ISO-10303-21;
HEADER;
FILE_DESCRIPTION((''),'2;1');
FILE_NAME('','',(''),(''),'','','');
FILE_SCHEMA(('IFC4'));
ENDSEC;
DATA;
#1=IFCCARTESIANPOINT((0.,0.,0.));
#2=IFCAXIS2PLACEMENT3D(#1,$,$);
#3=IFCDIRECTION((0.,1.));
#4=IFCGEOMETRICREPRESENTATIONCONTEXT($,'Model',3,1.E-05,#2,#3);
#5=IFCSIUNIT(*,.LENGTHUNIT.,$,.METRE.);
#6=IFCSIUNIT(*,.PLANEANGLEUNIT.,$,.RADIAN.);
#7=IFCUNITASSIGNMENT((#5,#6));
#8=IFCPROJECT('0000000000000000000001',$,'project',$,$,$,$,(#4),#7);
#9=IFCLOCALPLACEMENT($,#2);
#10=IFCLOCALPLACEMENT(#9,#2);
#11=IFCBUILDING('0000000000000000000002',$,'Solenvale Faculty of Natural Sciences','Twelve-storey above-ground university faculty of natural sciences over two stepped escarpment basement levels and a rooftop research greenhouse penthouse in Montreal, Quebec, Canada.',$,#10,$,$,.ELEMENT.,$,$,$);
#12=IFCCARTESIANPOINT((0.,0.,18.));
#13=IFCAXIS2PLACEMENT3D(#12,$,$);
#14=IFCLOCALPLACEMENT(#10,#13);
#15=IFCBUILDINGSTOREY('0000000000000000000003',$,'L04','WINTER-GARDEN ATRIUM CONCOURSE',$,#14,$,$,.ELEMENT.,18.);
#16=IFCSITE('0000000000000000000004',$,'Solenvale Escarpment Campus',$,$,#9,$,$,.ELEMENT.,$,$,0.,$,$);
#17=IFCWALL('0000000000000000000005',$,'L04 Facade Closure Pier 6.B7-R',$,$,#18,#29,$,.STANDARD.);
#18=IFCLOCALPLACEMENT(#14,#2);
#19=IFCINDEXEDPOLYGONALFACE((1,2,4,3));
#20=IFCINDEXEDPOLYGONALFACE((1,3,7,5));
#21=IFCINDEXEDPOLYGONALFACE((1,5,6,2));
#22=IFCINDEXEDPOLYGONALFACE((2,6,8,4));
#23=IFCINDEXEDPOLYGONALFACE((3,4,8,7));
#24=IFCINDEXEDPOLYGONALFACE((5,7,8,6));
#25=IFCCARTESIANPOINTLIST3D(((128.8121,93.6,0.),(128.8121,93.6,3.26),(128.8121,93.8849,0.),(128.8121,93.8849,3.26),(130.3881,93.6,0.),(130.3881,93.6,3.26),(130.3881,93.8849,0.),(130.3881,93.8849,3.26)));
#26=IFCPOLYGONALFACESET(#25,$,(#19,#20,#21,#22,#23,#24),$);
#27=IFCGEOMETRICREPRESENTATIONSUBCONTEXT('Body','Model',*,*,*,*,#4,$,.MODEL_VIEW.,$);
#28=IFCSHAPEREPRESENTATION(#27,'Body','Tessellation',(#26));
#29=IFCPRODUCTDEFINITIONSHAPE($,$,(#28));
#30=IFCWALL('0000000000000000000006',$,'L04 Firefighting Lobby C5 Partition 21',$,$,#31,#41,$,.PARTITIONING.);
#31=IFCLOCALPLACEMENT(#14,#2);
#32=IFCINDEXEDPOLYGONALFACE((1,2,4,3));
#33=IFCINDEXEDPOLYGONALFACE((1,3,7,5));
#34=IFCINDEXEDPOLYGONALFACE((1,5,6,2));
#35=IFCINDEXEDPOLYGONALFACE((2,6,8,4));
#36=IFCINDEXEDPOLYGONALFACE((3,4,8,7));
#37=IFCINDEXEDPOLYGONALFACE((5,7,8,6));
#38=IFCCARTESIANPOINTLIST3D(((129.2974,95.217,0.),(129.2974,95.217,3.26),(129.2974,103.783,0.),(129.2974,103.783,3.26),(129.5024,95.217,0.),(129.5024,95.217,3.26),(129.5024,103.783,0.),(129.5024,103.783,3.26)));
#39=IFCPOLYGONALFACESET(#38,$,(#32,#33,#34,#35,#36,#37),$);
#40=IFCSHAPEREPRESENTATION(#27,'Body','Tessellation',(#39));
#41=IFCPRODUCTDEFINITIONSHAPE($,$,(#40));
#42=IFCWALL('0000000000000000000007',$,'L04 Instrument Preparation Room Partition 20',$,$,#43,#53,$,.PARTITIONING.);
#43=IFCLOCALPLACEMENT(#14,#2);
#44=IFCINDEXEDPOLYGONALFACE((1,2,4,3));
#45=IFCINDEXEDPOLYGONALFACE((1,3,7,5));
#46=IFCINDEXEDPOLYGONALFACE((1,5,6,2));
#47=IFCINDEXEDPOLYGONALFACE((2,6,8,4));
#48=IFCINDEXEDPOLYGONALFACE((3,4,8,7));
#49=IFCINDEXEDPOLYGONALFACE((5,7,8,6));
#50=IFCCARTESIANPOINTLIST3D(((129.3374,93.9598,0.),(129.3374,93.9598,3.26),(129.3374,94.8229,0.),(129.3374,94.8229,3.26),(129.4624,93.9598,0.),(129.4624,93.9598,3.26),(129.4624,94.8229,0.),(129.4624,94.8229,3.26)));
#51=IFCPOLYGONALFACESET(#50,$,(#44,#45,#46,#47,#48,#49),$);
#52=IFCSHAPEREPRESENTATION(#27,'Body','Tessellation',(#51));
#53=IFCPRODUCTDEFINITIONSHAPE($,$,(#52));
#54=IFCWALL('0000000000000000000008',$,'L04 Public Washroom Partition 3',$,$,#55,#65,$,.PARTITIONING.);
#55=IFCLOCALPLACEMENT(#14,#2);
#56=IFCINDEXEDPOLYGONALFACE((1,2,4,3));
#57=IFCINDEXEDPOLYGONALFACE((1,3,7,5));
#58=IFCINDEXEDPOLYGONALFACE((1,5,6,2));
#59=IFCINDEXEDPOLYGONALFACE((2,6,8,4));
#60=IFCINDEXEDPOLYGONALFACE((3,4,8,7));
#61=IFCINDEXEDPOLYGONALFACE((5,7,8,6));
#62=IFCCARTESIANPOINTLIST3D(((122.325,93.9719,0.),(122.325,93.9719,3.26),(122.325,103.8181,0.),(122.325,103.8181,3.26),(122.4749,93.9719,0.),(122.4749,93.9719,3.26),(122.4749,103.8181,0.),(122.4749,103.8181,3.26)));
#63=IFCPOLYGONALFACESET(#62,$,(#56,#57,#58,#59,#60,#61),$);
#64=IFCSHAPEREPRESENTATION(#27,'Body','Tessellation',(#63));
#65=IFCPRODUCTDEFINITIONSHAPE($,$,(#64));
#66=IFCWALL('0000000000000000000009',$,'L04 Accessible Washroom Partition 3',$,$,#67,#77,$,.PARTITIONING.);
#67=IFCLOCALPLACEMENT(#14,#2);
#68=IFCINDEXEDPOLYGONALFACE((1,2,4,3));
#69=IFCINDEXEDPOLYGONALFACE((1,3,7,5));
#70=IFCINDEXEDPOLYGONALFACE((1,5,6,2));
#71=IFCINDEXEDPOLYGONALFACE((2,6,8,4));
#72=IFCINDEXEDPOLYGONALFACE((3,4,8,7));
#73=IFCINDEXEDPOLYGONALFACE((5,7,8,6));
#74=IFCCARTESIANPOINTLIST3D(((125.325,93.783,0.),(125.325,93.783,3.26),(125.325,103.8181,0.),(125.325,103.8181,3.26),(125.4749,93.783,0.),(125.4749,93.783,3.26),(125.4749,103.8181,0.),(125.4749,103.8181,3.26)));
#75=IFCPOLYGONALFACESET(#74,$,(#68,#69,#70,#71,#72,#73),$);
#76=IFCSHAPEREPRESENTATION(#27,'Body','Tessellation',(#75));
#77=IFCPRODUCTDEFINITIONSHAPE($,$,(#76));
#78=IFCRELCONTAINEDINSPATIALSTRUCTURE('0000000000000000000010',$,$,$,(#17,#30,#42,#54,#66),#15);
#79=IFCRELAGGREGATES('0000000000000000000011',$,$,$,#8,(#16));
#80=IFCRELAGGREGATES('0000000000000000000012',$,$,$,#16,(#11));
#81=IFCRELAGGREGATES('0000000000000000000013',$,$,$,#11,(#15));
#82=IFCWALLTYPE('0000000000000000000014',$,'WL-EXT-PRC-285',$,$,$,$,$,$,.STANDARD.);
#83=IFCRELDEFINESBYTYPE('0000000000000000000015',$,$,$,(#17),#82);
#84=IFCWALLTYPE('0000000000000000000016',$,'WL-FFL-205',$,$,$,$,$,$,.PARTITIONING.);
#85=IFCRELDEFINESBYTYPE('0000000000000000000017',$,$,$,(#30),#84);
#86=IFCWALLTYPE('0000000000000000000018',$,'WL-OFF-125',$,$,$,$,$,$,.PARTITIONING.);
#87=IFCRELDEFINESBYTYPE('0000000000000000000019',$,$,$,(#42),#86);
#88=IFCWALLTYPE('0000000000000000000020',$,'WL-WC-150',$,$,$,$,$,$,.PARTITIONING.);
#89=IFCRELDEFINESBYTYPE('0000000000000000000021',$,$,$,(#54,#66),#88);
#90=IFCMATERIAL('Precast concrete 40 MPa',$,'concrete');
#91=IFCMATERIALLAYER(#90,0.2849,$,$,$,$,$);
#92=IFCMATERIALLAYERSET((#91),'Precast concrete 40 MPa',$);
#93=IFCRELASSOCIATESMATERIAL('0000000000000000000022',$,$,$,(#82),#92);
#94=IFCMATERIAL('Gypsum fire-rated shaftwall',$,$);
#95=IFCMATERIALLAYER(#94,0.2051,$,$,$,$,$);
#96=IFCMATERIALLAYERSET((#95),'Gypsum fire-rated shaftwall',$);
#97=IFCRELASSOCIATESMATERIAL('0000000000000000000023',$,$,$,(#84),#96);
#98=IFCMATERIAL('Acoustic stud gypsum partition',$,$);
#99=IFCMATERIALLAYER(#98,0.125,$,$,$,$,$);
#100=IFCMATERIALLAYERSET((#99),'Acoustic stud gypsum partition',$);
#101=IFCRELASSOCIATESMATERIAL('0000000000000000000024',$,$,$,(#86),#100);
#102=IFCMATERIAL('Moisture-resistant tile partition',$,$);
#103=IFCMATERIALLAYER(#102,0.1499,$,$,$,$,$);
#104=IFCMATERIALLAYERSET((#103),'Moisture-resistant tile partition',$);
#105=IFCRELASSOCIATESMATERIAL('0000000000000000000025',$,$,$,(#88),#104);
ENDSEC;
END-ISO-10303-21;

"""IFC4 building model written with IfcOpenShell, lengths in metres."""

from ifc_helpers import new_model, si_unit, direction, frame, frame_2d, origin, place, context, subcontext, project, spatial, rectangle, extrude, material, layer, layer_set, type_object, element, save


model = new_model("IFC4")

# Units and contexts
model_context = context("Model", 3, precision=1e-05, world=origin(), true_north=direction((0.0, 1.0)))
body_context = subcontext(model_context, "Body", "Model", "MODEL_VIEW")
ifc_project = project(units=[si_unit("LENGTHUNIT", "METRE"), si_unit("PLANEANGLEUNIT", "RADIAN")], contexts=[model_context])

# Site, building, storey
site_placement = place(None, origin())
site = spatial("IfcSite", under=ifc_project, at=site_placement, Name="Solenvale Escarpment Campus", CompositionType="ELEMENT", RefElevation=0.0)
building_placement = place(site_placement, origin())
building = spatial("IfcBuilding", under=site, at=building_placement, Name="Solenvale Faculty of Natural Sciences", Description="Twelve-storey above-ground university faculty of natural sciences over two stepped escarpment basement levels and a rooftop research greenhouse penthouse in Montreal, Quebec, Canada.", CompositionType="ELEMENT")
storey_placement = place(building_placement, frame((0.0, 0.0, 18.0)))
storey = spatial("IfcBuildingStorey", under=building, at=storey_placement, Name="L04", Description="WINTER-GARDEN ATRIUM CONCOURSE", CompositionType="ELEMENT", Elevation=18.0)

# Walls
ifc_material_1 = material(Name="Precast concrete 40 MPa", Category="concrete")
ifc_layer_1 = layer(ifc_material_1, 0.2849)
ifc_layer_set_1 = layer_set([ifc_layer_1], Name="Precast concrete 40 MPa")
wall_type_1 = type_object("IfcWallType", Name="WL-EXT-PRC-285", PredefinedType="STANDARD", material=ifc_layer_set_1)
wall_1_placement = place(storey_placement, frame((128.812, 93.7424, 0.0), z_axis=(0.0, 0.0, 1.0), x_axis=(1.0, 0.0, 0.0)))
element("IfcWall", 1, at=wall_1_placement, inside=storey, type_object=wall_type_1, Name="L04 Facade Closure Pier 6.B7-R", PredefinedType="STANDARD", context=body_context, shape_type="SweptSolid", body=[
    extrude(rectangle(XDim=1.5759, YDim=0.2849, at=frame_2d((0.7881, 0.0))), origin(), (0.0, 0.0, 1.0), 3.26),
])
ifc_material_2 = material(Name="Gypsum fire-rated shaftwall")
ifc_layer_2 = layer(ifc_material_2, 0.2051)
ifc_layer_set_2 = layer_set([ifc_layer_2], Name="Gypsum fire-rated shaftwall")
wall_type_2 = type_object("IfcWallType", Name="WL-FFL-205", PredefinedType="PARTITIONING", material=ifc_layer_set_2)
wall_2_placement = place(storey_placement, frame((129.3999, 95.217, 0.0), z_axis=(0.0, 0.0, 1.0), x_axis=(0.0, 1.0, 0.0)))
element("IfcWall", 2, at=wall_2_placement, inside=storey, type_object=wall_type_2, Name="L04 Firefighting Lobby C5 Partition 21", PredefinedType="PARTITIONING", context=body_context, shape_type="SweptSolid", body=[
    extrude(rectangle(XDim=8.5659, YDim=0.2051, at=frame_2d((4.283, 0.0))), origin(), (0.0, 0.0, 1.0), 3.26),
])
ifc_material_3 = material(Name="Acoustic stud gypsum partition")
ifc_layer_3 = layer(ifc_material_3, 0.125)
ifc_layer_set_3 = layer_set([ifc_layer_3], Name="Acoustic stud gypsum partition")
wall_type_3 = type_object("IfcWallType", Name="WL-OFF-125", PredefinedType="PARTITIONING", material=ifc_layer_set_3)
wall_3_placement = place(storey_placement, frame((129.3999, 94.823, 0.0), z_axis=(0.0, 0.0, 1.0), x_axis=(0.0, -1.0, 0.0)))
element("IfcWall", 3, at=wall_3_placement, inside=storey, type_object=wall_type_3, Name="L04 Instrument Preparation Room Partition 20", PredefinedType="PARTITIONING", context=body_context, shape_type="SweptSolid", body=[
    extrude(rectangle(XDim=0.863, YDim=0.125, at=frame_2d((0.4316, 0.0))), origin(), (0.0, 0.0, 1.0), 3.26),
])
ifc_material_4 = material(Name="Moisture-resistant tile partition")
ifc_layer_4 = layer(ifc_material_4, 0.1499)
ifc_layer_set_4 = layer_set([ifc_layer_4], Name="Moisture-resistant tile partition")
wall_type_4 = type_object("IfcWallType", Name="WL-WC-150", PredefinedType="PARTITIONING", material=ifc_layer_set_4)
wall_4_placement = place(storey_placement, frame((122.3999, 103.8181, 0.0), z_axis=(0.0, 0.0, 1.0), x_axis=(0.0, -1.0, 0.0)))
element("IfcWall", 4, at=wall_4_placement, inside=storey, type_object=wall_type_4, Name="L04 Public Washroom Partition 3", PredefinedType="PARTITIONING", context=body_context, shape_type="SweptSolid", body=[
    extrude(rectangle(XDim=9.8462, YDim=0.1499, at=frame_2d((4.9231, 0.0))), origin(), (0.0, 0.0, 1.0), 3.26),
])
wall_5_placement = place(storey_placement, frame((125.3999, 103.8181, 0.0), z_axis=(0.0, 0.0, 1.0), x_axis=(0.0, -1.0, 0.0)))
element("IfcWall", 5, at=wall_5_placement, inside=storey, type_object=wall_type_4, Name="L04 Accessible Washroom Partition 3", PredefinedType="PARTITIONING", context=body_context, shape_type="SweptSolid", body=[
    extrude(rectangle(XDim=10.0352, YDim=0.1499, at=frame_2d((5.0176, 0.0))), origin(), (0.0, 0.0, 1.0), 3.26),
])

save(model, "model.ifc")
